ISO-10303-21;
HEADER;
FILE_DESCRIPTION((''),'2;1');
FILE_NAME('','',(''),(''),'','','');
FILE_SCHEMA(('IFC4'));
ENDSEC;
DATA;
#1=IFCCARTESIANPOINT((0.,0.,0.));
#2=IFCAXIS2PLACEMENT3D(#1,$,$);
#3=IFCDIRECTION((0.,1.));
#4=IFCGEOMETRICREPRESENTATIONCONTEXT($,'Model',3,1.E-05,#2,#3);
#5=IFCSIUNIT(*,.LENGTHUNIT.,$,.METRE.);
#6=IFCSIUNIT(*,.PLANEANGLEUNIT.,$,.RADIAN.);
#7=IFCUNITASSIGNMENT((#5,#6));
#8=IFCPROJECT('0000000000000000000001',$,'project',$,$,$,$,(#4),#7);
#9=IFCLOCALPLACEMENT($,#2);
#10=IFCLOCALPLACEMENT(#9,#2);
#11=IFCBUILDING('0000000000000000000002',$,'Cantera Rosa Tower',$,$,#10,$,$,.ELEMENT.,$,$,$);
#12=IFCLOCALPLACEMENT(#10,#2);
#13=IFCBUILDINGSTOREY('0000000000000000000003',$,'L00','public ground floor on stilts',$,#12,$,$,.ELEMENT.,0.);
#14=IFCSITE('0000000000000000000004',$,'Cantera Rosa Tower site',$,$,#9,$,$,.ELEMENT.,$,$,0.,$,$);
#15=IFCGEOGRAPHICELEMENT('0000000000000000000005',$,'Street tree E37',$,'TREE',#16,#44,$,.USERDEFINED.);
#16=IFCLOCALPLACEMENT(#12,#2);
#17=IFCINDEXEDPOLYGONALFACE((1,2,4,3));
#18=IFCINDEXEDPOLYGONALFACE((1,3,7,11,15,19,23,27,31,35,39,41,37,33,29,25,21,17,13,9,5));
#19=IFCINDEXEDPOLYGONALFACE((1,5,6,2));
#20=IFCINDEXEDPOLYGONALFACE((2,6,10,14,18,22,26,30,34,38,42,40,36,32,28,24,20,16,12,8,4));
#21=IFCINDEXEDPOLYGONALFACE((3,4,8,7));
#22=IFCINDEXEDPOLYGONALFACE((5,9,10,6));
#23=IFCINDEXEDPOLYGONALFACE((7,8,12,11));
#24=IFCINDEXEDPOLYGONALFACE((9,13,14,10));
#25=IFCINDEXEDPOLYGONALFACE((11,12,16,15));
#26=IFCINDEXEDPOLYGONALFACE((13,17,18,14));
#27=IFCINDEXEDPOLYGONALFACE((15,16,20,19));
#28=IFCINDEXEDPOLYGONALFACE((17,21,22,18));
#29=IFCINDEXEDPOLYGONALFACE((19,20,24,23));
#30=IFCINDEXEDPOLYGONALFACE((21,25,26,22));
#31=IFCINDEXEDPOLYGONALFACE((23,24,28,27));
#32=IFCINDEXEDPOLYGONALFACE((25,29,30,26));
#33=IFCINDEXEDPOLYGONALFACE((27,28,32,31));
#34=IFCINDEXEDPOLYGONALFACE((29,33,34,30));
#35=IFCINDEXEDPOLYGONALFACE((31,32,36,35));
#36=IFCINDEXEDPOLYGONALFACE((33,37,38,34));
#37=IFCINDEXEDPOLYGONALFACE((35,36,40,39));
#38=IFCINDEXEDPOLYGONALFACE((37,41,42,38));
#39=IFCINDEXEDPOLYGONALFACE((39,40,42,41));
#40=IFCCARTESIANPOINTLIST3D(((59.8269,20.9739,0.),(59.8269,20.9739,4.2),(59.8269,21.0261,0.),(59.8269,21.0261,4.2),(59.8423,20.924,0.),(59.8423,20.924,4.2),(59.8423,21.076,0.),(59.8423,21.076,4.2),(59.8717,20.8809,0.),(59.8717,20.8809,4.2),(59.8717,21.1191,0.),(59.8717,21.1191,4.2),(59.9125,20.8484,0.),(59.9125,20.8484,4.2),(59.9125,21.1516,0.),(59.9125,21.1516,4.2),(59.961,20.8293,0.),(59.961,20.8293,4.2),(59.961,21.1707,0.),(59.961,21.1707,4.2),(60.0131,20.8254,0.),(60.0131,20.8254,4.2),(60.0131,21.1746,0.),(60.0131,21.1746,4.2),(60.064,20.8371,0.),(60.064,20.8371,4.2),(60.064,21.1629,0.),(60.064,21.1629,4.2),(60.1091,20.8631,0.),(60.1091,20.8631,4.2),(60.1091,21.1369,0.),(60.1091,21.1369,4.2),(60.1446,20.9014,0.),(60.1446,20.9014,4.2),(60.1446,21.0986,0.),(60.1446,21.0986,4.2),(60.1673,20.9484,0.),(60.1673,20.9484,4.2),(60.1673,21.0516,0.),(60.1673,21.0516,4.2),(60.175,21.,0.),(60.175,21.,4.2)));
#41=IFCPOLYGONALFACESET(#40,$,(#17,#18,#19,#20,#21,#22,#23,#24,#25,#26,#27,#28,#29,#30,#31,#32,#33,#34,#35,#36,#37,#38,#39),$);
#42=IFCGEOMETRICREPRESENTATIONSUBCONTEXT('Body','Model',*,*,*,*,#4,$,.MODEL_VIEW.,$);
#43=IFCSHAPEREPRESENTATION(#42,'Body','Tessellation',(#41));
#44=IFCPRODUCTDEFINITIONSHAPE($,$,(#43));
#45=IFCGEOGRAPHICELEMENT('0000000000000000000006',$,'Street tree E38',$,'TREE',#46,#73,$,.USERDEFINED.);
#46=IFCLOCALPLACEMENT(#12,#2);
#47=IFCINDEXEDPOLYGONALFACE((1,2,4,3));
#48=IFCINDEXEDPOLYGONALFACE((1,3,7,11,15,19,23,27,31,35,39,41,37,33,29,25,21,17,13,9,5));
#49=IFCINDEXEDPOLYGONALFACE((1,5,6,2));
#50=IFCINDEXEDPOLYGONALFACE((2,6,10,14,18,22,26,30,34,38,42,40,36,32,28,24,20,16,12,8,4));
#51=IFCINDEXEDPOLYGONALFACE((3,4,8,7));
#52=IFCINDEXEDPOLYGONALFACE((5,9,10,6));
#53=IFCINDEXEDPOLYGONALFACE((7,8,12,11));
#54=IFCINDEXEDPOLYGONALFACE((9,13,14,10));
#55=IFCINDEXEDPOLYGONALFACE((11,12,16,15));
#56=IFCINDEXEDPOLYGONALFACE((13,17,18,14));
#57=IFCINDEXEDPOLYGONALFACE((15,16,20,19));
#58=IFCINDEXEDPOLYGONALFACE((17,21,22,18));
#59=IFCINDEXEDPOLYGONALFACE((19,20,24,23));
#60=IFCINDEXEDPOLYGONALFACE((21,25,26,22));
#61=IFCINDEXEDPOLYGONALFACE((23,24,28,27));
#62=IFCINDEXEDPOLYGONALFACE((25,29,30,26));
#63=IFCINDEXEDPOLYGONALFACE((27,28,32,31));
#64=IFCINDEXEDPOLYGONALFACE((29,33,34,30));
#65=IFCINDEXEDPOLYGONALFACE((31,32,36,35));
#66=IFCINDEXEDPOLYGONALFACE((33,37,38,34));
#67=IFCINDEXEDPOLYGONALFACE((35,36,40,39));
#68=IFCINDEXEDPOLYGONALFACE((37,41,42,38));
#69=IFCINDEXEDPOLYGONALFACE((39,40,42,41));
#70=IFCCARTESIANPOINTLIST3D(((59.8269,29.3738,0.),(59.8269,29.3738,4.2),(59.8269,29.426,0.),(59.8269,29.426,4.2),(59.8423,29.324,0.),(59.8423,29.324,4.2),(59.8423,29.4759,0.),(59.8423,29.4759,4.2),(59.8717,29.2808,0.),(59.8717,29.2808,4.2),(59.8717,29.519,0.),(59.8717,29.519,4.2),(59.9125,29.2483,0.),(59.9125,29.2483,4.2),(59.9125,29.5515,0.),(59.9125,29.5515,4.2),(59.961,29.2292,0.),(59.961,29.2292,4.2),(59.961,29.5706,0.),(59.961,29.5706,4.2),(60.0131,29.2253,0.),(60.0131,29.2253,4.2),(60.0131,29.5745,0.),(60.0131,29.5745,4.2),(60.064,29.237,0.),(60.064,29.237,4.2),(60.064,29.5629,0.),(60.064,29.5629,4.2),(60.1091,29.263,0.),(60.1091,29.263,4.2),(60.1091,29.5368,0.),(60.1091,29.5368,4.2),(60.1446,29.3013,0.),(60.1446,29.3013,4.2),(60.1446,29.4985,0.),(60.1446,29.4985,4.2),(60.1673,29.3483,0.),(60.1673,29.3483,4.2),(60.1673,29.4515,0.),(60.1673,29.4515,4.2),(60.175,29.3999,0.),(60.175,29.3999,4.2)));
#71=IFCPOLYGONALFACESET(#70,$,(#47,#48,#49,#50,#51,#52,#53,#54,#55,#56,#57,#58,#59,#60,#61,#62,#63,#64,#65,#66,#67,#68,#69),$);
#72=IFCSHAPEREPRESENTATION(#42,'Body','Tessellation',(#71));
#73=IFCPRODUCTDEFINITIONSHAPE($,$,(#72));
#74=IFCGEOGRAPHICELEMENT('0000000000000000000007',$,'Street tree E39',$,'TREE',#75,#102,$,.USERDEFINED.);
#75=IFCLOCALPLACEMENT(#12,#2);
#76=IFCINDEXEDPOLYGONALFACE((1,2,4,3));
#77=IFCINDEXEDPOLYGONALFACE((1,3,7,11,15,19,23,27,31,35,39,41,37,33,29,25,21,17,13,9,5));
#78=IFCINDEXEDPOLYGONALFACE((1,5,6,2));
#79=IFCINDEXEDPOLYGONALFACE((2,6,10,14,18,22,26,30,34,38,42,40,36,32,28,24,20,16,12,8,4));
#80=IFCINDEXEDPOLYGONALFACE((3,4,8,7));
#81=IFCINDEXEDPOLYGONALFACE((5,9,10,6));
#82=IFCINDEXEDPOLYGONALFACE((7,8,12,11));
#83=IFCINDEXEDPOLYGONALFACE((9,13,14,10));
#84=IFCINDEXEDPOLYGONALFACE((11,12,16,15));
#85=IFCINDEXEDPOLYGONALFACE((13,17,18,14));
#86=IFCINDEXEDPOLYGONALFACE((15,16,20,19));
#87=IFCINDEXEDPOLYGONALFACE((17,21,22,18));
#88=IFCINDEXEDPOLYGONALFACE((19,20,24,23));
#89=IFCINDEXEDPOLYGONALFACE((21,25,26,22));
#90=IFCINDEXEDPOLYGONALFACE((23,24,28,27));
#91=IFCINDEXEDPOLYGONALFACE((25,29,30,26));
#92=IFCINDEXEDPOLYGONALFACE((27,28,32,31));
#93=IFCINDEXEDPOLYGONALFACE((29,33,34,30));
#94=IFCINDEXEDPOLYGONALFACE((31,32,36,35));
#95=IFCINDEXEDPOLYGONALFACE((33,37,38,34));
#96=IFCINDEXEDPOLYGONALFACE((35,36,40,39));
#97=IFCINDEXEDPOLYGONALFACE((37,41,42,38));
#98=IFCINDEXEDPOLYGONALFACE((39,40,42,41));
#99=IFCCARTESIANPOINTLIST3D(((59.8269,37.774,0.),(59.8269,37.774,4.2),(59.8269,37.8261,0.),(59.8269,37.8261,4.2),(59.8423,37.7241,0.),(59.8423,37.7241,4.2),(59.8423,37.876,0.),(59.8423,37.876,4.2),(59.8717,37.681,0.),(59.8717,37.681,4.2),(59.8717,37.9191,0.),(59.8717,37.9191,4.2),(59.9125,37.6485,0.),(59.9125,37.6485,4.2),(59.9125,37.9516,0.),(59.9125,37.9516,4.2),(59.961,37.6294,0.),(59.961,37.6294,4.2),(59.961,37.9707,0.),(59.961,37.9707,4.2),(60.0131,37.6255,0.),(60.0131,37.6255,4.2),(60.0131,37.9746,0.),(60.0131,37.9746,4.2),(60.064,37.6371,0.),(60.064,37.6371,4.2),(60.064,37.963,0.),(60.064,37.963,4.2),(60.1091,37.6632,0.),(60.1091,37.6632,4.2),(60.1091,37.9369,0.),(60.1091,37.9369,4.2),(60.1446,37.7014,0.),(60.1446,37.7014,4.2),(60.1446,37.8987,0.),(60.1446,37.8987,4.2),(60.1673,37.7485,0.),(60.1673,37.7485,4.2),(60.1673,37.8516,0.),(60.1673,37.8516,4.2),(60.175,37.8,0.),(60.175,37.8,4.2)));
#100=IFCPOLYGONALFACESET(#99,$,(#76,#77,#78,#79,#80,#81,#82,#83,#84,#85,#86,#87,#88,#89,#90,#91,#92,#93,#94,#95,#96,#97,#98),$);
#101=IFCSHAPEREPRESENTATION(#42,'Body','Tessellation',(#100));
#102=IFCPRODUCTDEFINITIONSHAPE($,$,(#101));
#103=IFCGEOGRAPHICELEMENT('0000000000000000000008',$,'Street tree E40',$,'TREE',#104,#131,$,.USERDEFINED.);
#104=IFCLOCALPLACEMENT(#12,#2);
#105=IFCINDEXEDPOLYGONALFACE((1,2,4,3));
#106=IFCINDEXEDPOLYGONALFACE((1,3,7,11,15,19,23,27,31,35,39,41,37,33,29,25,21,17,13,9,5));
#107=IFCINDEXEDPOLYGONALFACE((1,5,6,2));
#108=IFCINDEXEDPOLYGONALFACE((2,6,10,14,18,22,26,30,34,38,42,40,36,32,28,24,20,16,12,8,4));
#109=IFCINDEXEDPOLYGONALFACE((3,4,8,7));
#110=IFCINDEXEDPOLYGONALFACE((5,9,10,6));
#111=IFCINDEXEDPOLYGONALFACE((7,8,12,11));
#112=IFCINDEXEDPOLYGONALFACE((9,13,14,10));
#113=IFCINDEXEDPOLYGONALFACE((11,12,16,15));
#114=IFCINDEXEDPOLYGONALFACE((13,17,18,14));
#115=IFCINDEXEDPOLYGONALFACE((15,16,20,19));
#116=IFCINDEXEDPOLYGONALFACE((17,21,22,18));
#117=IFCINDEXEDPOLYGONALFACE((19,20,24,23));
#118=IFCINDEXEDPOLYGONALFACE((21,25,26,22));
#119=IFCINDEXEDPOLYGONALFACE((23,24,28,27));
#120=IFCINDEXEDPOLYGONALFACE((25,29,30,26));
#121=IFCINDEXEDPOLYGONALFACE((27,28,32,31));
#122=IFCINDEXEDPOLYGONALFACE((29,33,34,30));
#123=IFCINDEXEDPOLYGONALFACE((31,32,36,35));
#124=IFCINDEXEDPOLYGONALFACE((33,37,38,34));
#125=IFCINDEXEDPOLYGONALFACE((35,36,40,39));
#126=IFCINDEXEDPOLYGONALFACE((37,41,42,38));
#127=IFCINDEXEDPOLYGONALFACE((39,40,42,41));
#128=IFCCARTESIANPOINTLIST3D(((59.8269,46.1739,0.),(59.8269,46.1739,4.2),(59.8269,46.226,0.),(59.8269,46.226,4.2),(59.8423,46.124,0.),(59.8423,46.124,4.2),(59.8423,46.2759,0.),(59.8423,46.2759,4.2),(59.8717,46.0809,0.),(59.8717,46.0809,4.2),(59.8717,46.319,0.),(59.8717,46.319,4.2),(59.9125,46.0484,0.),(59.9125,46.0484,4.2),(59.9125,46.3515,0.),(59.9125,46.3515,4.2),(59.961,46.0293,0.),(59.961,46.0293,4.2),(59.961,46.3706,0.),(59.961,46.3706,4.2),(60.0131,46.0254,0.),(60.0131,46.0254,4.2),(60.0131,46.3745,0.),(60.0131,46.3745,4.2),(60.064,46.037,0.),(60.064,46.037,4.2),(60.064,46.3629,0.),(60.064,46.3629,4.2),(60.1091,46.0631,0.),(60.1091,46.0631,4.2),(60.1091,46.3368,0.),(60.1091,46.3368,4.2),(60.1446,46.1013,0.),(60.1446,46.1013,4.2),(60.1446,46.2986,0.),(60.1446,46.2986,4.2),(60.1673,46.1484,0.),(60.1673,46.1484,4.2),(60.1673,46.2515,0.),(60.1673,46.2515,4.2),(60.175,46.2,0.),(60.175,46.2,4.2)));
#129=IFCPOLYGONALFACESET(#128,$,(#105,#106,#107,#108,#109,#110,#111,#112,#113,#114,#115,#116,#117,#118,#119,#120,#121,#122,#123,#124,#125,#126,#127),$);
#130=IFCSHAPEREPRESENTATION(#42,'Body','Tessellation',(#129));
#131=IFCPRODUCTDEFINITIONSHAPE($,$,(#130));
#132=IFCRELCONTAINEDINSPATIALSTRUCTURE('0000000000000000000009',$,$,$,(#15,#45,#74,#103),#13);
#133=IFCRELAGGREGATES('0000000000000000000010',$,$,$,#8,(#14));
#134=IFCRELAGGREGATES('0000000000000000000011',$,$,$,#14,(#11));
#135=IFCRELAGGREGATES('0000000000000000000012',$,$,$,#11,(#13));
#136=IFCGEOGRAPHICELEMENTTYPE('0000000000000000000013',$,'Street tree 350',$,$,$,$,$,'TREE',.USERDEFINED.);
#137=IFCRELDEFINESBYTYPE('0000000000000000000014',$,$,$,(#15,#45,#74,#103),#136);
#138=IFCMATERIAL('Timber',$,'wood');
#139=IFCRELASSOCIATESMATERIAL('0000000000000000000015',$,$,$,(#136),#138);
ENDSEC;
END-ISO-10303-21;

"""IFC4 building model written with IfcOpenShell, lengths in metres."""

from ifc_helpers import new_model, si_unit, direction, frame, origin, origin_2d, place, context, subcontext, project, spatial, circle, extrude, material, material_profile, profile_set, type_object, element, save


model = new_model("IFC4")

# Units and contexts
model_context = context("Model", 3, precision=1e-05, world=origin(), true_north=direction((0.0, 1.0)))
body_context = subcontext(model_context, "Body", "Model", "MODEL_VIEW")
ifc_project = project(units=[si_unit("LENGTHUNIT", "METRE"), si_unit("PLANEANGLEUNIT", "RADIAN")], contexts=[model_context])

# Site, building, storey
site_placement = place(None, origin())
site = spatial("IfcSite", under=ifc_project, at=site_placement, Name="Cantera Rosa Tower site", CompositionType="ELEMENT", RefElevation=0.0)
building_placement = place(site_placement, origin())
building = spatial("IfcBuilding", under=site, at=building_placement, Name="Cantera Rosa Tower", CompositionType="ELEMENT")
storey_placement = place(building_placement, origin())
storey = spatial("IfcBuildingStorey", under=building, at=storey_placement, Name="L00", Description="public ground floor on stilts", CompositionType="ELEMENT", Elevation=0.0)

# Geographic elements
ifc_material_1 = material(Name="Timber", Category="wood")
ifc_material_profile_1 = material_profile(ifc_material_1, circle(Radius=0.175, at=origin_2d()), Name="Street tree 350")
ifc_profile_set_1 = profile_set([ifc_material_profile_1], Name="Timber")
geographic_element_type = type_object("IfcGeographicElementType", Name="Street tree 350", ElementType="TREE", PredefinedType="USERDEFINED", material=ifc_profile_set_1)
for number, where, z_axis, x_axis, name in (
    (1, (60.0, 21.0, 0.0), (0.0, 0.0, 1.0), (1.0, 0.0, 0.0), "Street tree E37"),
    (2, (60.0, 29.3999, 0.0), (0.0, 0.0, 1.0), (1.0, 0.0, 0.0), "Street tree E38"),
    (3, (60.0, 37.8, 0.0), (0.0, 0.0, 1.0), (1.0, 0.0, 0.0), "Street tree E39"),
    (4, (60.0, 46.2, 0.0), (0.0, 0.0, 1.0), (1.0, 0.0, 0.0), "Street tree E40"),
):
    element("IfcGeographicElement", number, at=place(storey_placement, frame(where, z_axis=z_axis, x_axis=x_axis)), inside=storey, type_object=geographic_element_type, Name=name, ObjectType="TREE", PredefinedType="USERDEFINED", context=body_context, shape_type="SweptSolid", body=[
        extrude(circle(Radius=0.175, at=origin_2d()), origin(), (0.0, 0.0, 1.0), 4.2),
    ])

save(model, "model.ifc")
